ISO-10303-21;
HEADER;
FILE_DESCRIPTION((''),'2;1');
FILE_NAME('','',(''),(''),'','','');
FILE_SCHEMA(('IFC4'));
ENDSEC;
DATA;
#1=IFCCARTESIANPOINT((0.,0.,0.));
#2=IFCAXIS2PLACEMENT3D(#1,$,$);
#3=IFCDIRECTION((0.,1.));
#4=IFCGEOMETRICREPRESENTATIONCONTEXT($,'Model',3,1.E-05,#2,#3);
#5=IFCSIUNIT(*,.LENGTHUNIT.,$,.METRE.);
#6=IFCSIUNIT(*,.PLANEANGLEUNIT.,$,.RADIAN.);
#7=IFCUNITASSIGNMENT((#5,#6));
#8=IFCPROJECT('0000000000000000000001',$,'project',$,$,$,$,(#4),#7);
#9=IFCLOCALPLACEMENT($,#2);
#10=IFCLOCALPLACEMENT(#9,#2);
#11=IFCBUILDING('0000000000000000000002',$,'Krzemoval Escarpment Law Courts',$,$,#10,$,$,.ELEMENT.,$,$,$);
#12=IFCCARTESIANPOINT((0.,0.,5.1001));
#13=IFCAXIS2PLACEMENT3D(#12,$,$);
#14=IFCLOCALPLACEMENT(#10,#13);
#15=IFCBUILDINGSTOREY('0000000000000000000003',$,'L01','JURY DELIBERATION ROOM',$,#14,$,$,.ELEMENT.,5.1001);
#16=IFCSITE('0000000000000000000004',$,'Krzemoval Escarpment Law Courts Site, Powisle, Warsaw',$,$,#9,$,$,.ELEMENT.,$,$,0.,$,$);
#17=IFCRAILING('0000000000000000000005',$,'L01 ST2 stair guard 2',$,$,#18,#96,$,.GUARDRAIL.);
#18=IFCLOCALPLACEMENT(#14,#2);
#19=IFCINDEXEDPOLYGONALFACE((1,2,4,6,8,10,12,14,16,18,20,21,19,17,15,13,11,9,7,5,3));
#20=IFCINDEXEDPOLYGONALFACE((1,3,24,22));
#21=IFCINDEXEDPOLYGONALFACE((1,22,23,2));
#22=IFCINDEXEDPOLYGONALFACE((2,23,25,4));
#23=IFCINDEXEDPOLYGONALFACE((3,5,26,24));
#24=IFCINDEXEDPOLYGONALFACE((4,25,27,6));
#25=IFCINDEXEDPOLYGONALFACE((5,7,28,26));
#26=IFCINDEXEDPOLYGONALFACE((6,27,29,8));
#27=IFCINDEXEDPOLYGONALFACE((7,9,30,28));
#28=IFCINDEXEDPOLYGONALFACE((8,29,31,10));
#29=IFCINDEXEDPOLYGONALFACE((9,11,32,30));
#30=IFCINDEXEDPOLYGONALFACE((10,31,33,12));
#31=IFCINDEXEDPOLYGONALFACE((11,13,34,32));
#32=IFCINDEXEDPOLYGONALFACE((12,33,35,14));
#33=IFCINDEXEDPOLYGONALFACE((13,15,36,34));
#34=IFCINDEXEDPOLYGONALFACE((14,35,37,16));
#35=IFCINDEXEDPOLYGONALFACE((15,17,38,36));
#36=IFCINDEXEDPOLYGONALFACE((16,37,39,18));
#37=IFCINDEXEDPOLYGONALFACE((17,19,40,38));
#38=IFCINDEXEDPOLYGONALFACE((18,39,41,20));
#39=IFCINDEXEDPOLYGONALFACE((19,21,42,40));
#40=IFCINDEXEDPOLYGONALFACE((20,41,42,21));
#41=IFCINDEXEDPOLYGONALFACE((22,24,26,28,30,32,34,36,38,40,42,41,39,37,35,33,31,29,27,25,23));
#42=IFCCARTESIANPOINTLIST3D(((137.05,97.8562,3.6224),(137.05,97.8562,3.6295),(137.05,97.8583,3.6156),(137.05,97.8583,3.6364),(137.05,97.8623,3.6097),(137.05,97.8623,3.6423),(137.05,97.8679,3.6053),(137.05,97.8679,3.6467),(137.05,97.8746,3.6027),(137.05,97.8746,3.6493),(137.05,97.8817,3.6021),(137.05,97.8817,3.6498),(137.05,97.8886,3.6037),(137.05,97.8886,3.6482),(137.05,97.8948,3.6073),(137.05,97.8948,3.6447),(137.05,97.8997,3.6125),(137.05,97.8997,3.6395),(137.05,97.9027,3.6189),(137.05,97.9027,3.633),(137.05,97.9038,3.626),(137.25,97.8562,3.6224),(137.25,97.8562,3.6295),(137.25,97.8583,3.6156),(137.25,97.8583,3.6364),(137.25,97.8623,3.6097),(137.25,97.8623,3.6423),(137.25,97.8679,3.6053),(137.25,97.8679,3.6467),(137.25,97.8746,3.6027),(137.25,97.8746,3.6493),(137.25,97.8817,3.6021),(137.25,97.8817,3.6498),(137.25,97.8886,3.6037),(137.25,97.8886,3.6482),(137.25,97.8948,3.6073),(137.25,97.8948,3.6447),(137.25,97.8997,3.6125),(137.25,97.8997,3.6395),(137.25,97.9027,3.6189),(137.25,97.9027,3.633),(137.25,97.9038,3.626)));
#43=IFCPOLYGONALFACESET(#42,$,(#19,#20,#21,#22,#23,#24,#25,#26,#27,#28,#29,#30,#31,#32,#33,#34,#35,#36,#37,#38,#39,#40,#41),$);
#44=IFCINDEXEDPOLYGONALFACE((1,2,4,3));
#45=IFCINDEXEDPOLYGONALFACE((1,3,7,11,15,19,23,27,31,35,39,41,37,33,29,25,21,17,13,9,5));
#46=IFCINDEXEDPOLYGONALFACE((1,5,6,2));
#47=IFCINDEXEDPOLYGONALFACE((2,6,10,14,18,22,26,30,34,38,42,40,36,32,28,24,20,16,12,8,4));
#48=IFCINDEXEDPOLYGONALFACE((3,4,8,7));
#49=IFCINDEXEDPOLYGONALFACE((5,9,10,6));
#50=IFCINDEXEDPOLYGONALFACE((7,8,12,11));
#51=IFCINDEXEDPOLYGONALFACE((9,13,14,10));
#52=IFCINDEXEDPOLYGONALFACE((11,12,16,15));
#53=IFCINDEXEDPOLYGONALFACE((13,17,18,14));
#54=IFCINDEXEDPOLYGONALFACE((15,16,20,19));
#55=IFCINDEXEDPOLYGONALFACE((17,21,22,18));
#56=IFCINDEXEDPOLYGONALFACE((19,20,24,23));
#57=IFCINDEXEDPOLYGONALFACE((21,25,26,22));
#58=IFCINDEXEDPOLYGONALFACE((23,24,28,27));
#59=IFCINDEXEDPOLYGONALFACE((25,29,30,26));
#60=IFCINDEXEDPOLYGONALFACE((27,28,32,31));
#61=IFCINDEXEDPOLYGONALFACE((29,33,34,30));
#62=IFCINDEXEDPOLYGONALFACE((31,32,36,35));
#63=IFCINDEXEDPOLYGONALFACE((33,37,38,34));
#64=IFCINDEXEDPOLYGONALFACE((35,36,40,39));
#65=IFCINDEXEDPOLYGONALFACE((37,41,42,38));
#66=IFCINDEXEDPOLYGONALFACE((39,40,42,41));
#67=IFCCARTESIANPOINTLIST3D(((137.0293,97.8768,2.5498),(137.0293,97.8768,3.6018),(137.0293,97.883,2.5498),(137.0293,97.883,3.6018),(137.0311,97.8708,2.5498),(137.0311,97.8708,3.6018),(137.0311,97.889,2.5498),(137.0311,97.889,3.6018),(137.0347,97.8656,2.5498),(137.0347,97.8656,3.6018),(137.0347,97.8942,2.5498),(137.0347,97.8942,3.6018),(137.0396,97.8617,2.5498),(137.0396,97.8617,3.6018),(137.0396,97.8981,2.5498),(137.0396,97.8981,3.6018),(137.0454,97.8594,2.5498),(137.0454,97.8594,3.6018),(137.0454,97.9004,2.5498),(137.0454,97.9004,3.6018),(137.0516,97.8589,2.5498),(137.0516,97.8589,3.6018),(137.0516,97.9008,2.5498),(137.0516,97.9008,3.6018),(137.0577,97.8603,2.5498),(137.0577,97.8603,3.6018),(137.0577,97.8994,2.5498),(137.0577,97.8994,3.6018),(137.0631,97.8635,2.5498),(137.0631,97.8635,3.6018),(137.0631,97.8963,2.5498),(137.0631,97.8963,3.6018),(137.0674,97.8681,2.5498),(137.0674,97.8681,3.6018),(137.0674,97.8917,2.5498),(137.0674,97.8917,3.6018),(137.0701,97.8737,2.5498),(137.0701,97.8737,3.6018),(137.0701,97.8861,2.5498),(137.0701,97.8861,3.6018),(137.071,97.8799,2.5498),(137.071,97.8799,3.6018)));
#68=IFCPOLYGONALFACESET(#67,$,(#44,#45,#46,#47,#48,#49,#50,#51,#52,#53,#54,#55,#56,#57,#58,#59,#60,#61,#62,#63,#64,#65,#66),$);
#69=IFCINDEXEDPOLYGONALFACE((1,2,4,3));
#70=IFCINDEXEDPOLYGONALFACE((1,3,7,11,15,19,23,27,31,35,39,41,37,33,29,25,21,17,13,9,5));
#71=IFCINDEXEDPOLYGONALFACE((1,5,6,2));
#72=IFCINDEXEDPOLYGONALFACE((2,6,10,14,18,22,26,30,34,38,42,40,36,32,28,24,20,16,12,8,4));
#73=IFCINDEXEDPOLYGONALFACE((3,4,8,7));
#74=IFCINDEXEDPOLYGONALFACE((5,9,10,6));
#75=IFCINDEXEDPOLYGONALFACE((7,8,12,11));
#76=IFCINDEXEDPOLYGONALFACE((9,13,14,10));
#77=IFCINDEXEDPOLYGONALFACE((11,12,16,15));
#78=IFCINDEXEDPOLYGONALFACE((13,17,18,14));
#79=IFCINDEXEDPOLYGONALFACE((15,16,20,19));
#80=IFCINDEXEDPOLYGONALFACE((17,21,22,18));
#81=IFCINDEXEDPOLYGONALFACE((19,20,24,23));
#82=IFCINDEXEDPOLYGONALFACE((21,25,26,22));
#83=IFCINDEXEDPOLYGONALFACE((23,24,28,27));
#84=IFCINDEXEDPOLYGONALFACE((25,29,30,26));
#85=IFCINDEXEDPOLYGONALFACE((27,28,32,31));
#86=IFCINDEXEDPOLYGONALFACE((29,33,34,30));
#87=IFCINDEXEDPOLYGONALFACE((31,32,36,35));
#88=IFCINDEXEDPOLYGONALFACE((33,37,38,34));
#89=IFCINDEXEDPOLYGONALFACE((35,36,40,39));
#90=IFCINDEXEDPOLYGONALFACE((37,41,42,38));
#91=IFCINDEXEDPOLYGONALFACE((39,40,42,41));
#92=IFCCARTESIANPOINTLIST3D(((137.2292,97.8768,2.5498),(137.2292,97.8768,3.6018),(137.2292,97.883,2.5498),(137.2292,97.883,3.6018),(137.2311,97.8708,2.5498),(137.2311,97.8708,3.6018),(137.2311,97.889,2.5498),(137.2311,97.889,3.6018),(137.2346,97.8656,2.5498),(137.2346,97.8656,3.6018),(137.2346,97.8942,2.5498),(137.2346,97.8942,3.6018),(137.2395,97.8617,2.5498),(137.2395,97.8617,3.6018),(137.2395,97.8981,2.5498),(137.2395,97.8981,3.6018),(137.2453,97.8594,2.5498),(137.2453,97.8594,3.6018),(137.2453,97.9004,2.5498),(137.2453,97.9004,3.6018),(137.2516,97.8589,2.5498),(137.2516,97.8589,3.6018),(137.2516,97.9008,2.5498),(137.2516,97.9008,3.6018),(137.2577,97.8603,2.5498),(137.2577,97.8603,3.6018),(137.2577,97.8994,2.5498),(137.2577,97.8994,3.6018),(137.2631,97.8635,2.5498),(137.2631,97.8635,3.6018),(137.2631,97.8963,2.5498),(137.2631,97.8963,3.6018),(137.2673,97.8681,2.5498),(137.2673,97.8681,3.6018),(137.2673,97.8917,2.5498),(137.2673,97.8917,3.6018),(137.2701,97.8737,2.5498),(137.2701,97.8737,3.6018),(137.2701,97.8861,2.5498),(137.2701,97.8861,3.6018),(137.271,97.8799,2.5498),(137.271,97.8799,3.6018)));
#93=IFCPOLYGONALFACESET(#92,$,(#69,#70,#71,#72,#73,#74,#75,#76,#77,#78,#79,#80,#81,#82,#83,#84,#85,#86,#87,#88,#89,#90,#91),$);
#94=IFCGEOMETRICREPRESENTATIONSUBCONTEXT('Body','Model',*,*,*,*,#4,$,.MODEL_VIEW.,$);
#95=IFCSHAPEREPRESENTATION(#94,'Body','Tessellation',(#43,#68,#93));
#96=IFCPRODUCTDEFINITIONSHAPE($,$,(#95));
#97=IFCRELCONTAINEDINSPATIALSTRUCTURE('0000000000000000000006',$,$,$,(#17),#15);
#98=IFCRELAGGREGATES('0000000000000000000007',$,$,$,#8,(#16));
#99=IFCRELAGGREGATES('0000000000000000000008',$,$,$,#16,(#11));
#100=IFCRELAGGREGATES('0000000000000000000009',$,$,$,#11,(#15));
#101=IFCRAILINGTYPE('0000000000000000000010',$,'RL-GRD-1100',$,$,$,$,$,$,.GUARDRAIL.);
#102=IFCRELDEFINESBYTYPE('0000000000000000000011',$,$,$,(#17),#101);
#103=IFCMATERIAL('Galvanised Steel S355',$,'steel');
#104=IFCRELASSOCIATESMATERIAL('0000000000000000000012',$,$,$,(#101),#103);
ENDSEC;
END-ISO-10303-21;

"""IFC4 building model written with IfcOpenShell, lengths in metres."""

from ifc_helpers import new_model, si_unit, direction, frame, origin, origin_2d, place, context, subcontext, project, spatial, circle, extrude, material, type_object, element, save


model = new_model("IFC4")

# Units and contexts
model_context = context("Model", 3, precision=1e-05, world=origin(), true_north=direction((0.0, 1.0)))
body_context = subcontext(model_context, "Body", "Model", "MODEL_VIEW")
ifc_project = project(units=[si_unit("LENGTHUNIT", "METRE"), si_unit("PLANEANGLEUNIT", "RADIAN")], contexts=[model_context])

# Site, building, storey
site_placement = place(None, origin())
site = spatial("IfcSite", under=ifc_project, at=site_placement, Name="Krzemoval Escarpment Law Courts Site, Powisle, Warsaw", CompositionType="ELEMENT", RefElevation=0.0)
building_placement = place(site_placement, origin())
building = spatial("IfcBuilding", under=site, at=building_placement, Name="Krzemoval Escarpment Law Courts", CompositionType="ELEMENT")
storey_placement = place(building_placement, frame((0.0, 0.0, 5.1001)))
storey = spatial("IfcBuildingStorey", under=building, at=storey_placement, Name="L01", Description="JURY DELIBERATION ROOM", CompositionType="ELEMENT", Elevation=5.1001)

# Railing
ifc_material_1 = material(Name="Galvanised Steel S355", Category="steel")
railing_type_1 = type_object("IfcRailingType", Name="RL-GRD-1100", PredefinedType="GUARDRAIL", material=ifc_material_1)
railing_1_placement = place(storey_placement, frame((137.05, 97.8799, 2.5498)))
element("IfcRailing", 1, at=railing_1_placement, inside=storey, type_object=railing_type_1, Name="L01 ST2 stair guard 2", PredefinedType="GUARDRAIL", context=body_context, shape_type="SweptSolid", body=[
    extrude(circle(Radius=0.0239, at=origin_2d()), frame((0.0, 0.0, 1.0762), z_axis=(1.0, 0.0, 0.0), x_axis=(0.0, 1.0, 0.0)), (0.0, 0.0, 1.0), 0.2),
    extrude(circle(Radius=0.021, at=origin_2d()), origin(), (0.0, 0.0, 1.0), 1.052),
    extrude(circle(Radius=0.021, at=origin_2d()), frame((0.2, 0.0, 0.0)), (0.0, 0.0, 1.0), 1.052),
])

save(model, "model.ifc")
